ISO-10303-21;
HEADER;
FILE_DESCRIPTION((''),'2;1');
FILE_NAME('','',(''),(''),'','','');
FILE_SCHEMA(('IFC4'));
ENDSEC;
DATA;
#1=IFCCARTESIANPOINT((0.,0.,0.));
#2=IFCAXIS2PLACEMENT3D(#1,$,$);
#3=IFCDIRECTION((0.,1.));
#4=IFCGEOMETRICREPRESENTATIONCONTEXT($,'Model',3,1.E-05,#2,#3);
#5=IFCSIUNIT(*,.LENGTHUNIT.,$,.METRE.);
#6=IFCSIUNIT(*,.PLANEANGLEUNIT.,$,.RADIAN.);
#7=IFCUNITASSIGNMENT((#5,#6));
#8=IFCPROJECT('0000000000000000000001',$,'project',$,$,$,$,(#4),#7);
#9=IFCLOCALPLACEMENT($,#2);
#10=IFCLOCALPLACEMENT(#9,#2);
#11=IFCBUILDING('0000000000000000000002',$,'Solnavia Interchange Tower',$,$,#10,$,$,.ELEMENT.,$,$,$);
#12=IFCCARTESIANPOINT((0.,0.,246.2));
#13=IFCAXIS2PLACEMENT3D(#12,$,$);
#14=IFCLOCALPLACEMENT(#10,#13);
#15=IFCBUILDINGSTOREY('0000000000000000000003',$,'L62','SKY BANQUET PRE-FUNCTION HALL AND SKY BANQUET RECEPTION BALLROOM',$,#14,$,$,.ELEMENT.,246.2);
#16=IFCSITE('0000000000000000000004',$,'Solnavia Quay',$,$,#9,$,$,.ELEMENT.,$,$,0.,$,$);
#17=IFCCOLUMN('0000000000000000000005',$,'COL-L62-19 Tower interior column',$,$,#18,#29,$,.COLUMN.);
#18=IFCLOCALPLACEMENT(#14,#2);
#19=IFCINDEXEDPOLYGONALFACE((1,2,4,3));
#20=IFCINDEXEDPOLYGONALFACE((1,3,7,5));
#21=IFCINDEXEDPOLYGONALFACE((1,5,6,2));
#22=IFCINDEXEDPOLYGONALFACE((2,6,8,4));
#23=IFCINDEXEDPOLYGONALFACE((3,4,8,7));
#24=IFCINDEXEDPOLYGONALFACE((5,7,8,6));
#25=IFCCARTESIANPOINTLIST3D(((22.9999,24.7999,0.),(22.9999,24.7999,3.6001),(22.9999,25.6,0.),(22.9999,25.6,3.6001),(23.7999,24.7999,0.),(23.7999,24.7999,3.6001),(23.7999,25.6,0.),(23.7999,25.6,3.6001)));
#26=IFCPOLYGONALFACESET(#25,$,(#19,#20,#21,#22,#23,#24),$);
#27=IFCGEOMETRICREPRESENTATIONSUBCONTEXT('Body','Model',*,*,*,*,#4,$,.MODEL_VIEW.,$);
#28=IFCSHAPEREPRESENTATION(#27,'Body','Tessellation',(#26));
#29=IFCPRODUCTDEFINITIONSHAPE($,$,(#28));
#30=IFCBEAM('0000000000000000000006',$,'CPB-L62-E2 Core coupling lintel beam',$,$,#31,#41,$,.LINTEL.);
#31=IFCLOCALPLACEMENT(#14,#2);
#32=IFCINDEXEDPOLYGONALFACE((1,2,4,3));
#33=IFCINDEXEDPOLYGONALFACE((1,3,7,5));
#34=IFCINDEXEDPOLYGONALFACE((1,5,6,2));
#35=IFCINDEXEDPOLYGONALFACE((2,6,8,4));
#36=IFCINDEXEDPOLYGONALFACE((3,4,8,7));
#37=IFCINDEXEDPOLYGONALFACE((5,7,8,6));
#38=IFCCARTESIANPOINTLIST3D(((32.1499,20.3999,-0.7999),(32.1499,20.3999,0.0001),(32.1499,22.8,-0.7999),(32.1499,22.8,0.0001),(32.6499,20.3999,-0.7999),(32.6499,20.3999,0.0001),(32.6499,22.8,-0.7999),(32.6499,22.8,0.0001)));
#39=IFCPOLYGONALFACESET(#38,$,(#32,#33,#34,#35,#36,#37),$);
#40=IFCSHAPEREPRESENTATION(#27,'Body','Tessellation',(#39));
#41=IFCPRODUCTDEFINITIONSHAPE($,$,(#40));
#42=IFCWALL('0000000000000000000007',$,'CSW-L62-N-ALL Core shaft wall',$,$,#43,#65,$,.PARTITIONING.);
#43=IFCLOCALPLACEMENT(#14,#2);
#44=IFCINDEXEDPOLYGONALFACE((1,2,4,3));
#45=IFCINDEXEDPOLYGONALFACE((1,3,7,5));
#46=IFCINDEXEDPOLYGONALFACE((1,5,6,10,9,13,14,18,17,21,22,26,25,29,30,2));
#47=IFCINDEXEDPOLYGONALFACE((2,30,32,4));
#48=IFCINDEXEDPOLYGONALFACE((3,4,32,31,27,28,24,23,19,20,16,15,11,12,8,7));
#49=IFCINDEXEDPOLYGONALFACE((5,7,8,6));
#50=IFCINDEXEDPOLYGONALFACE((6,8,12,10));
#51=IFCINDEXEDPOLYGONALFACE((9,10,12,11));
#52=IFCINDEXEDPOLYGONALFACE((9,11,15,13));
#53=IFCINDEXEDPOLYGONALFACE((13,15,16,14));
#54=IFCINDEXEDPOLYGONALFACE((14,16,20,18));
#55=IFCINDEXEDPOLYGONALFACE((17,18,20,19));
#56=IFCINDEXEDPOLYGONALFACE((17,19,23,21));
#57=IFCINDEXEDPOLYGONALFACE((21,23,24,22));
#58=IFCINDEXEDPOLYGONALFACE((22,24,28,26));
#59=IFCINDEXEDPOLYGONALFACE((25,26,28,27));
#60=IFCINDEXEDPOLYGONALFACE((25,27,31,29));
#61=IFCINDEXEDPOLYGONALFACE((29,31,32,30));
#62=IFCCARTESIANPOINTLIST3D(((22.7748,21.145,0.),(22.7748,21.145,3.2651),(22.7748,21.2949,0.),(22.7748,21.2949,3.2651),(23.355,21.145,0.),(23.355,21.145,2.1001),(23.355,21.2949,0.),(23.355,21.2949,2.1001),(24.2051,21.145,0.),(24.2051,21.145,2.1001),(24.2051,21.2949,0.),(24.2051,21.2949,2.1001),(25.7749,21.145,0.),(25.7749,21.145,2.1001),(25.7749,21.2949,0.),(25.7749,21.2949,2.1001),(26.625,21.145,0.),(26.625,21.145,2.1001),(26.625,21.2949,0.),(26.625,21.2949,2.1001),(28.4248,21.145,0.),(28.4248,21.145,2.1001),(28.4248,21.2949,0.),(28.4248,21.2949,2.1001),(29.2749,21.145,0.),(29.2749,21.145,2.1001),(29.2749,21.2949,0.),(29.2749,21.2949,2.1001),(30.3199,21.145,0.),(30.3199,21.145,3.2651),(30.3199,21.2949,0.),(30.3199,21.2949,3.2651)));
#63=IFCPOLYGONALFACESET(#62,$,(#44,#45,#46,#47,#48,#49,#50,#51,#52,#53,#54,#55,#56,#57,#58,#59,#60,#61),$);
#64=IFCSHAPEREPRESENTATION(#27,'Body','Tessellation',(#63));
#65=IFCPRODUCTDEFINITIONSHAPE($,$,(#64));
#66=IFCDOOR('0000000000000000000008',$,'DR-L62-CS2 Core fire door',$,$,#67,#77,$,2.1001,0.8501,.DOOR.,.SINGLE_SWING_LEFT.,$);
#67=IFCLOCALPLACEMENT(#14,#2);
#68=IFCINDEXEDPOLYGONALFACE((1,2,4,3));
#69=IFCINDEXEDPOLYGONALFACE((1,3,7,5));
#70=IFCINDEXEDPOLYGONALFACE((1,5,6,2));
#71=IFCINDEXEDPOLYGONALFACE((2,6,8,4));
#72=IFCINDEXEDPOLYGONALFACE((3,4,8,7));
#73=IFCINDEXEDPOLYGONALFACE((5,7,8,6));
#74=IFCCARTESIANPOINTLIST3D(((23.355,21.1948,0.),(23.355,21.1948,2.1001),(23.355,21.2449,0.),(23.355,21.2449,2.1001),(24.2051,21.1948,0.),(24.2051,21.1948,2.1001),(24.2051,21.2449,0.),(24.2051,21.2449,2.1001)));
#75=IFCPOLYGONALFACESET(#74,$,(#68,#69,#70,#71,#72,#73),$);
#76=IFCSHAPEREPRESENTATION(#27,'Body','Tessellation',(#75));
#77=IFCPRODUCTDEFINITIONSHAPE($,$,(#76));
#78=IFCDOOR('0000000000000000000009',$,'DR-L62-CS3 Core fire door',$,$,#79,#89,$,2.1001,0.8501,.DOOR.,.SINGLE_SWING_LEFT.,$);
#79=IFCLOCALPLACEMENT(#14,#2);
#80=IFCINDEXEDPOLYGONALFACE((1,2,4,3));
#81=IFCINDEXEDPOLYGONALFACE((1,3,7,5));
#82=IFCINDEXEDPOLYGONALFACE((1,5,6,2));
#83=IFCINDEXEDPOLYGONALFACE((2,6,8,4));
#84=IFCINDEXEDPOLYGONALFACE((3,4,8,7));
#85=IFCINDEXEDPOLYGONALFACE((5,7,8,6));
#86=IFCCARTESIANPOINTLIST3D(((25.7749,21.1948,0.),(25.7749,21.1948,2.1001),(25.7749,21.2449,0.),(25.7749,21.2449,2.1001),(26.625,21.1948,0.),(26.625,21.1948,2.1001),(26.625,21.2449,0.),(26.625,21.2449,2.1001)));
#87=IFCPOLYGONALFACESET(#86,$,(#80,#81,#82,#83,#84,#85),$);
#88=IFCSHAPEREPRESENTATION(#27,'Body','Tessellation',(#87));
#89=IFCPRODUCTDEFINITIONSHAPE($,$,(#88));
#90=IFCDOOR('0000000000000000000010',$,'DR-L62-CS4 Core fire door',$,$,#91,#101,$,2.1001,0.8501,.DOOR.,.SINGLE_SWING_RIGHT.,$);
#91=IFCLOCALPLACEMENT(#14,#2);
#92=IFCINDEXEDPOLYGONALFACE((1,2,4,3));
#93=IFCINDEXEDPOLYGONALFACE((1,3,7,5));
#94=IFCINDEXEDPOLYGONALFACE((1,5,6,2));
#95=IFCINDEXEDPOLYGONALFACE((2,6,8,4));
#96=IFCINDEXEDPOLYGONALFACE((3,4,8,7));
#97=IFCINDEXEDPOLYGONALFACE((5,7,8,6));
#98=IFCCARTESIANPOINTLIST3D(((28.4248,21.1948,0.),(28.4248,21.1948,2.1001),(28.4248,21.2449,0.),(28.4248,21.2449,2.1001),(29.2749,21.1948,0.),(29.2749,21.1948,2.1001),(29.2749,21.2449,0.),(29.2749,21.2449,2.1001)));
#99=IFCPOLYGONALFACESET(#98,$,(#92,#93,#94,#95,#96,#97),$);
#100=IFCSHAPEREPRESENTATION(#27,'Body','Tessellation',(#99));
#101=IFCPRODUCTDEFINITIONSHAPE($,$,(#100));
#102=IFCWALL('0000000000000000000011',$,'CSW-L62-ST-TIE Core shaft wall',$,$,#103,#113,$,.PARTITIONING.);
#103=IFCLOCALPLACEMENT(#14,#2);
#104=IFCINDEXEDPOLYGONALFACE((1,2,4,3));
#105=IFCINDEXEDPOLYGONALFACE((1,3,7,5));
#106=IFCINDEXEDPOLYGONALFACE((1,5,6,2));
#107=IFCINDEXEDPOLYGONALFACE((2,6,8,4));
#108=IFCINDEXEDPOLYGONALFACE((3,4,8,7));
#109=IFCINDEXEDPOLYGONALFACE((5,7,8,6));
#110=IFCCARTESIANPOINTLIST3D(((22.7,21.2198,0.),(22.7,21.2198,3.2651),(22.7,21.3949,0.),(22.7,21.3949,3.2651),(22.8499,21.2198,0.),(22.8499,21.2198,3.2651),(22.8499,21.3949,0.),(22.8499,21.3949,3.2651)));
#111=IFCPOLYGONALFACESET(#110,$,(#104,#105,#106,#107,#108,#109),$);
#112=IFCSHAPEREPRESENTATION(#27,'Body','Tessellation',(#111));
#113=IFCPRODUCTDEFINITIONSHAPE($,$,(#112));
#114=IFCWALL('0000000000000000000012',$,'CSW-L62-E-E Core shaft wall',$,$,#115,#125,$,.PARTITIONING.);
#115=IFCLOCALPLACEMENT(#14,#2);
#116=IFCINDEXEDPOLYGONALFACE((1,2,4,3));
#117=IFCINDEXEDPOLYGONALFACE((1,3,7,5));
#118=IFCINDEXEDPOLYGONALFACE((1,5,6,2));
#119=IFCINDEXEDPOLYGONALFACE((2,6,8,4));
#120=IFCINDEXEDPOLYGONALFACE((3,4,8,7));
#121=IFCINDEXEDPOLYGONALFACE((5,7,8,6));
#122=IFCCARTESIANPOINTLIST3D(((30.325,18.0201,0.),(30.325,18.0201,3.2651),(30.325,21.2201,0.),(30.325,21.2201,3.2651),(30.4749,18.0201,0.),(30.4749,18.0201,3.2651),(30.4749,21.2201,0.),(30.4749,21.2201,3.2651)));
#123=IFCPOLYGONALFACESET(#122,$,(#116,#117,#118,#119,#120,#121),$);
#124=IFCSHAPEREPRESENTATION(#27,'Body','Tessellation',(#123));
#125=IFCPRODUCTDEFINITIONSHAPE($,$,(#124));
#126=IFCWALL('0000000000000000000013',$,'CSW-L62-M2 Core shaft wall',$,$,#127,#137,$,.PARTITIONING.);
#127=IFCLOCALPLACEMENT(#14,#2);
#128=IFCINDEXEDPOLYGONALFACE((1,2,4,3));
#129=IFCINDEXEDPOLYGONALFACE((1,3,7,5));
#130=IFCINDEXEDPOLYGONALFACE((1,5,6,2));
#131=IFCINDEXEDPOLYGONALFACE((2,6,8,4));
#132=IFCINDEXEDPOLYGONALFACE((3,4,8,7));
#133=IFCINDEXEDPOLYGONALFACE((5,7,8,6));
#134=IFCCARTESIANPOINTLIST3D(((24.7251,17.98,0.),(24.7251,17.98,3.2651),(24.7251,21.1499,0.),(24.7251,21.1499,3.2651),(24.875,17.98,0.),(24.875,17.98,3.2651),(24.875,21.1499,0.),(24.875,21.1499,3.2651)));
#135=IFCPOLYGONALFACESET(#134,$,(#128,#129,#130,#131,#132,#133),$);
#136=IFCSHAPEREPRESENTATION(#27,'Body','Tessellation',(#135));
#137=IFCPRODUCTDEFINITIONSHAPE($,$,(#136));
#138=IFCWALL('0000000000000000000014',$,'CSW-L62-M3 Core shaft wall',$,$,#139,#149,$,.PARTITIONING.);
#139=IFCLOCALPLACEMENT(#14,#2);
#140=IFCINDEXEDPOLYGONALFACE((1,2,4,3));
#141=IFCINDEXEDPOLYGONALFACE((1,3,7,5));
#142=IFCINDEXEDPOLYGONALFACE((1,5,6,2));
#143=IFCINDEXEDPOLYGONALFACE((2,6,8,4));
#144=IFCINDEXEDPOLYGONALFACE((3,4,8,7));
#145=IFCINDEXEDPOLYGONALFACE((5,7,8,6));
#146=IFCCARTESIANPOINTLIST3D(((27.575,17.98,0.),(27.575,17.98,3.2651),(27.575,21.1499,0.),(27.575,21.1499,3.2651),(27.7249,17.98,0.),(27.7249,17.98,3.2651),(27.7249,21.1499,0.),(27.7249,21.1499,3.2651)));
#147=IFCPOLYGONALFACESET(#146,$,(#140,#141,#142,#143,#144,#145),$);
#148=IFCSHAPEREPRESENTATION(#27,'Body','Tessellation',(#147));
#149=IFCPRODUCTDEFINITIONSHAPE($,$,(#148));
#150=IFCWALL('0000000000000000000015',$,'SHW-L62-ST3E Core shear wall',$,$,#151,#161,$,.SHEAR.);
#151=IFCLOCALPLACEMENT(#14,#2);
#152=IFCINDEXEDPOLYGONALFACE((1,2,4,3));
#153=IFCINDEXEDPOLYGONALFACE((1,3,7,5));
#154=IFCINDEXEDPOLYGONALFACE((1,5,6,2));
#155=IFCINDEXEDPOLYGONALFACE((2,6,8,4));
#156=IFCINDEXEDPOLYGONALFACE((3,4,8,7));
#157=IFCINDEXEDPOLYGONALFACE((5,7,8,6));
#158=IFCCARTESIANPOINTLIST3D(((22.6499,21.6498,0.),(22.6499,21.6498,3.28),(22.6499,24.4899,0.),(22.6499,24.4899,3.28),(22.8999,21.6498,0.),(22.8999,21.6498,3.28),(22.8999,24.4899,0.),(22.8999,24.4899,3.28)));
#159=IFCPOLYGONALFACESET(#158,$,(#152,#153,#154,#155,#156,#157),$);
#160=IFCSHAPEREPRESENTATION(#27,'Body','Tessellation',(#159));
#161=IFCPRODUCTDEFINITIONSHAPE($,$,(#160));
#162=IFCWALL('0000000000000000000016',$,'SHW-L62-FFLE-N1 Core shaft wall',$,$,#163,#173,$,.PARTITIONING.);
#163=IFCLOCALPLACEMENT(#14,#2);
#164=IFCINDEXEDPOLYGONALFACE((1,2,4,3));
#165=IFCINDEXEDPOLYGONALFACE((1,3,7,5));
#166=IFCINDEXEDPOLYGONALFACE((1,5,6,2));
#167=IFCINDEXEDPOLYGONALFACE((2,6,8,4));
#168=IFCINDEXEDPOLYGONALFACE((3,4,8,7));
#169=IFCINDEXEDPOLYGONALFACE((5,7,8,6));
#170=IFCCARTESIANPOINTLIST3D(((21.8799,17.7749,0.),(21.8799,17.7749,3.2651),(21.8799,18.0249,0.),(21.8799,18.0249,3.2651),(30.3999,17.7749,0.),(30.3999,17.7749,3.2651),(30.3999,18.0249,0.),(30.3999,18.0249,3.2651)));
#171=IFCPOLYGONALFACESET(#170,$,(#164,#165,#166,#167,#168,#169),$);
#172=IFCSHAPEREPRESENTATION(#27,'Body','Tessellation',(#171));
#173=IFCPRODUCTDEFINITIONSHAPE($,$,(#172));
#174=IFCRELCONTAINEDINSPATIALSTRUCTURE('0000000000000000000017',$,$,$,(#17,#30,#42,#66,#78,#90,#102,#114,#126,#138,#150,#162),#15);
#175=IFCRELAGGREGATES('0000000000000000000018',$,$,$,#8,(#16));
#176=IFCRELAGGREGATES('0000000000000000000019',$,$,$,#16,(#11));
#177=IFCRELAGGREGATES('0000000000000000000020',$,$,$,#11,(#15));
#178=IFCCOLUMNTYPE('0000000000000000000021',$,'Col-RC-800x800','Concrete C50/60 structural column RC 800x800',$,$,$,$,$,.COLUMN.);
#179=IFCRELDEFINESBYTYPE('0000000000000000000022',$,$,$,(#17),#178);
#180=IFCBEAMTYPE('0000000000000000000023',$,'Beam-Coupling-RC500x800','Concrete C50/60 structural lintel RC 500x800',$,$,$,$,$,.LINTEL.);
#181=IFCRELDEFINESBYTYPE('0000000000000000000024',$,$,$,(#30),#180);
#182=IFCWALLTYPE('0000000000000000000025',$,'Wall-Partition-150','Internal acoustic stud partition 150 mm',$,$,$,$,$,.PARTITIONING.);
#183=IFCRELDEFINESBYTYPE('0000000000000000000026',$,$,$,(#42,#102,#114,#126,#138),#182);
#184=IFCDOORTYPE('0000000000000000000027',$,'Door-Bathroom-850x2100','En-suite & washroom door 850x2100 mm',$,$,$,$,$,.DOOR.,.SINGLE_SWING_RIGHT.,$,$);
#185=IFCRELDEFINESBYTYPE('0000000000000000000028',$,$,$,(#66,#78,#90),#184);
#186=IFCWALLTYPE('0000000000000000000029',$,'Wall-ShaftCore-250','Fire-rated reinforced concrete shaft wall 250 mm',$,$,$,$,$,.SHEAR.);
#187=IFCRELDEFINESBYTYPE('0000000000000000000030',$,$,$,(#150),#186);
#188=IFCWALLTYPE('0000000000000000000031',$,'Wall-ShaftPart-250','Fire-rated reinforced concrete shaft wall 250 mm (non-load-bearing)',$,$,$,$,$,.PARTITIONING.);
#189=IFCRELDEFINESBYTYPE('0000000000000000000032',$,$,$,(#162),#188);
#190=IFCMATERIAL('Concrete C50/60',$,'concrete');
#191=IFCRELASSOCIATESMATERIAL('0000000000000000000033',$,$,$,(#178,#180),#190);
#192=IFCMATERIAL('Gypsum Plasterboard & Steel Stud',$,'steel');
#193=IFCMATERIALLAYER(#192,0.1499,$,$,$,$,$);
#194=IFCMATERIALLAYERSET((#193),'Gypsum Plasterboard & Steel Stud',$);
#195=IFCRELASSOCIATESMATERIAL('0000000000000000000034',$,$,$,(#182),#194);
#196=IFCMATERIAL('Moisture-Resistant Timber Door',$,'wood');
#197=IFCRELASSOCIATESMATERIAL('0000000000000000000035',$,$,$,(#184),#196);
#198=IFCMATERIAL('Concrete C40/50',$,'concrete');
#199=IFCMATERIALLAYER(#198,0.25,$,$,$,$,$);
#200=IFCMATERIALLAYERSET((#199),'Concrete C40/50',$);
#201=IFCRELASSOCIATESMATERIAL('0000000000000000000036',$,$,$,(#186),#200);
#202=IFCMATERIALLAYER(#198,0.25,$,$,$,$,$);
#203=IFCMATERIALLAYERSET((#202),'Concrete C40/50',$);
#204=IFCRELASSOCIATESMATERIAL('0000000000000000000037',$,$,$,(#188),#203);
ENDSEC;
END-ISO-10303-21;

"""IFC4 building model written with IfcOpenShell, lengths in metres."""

from ifc_helpers import new_model, si_unit, direction, frame, frame_2d, origin, origin_2d, place, context, subcontext, project, spatial, rectangle, extrude, material, layer, layer_set, material_profile, profile_set, type_object, element, fill, save


model = new_model("IFC4")

# Units and contexts
model_context = context("Model", 3, precision=1e-05, world=origin(), true_north=direction((0.0, 1.0)))
body_context = subcontext(model_context, "Body", "Model", "MODEL_VIEW")
ifc_project = project(units=[si_unit("LENGTHUNIT", "METRE"), si_unit("PLANEANGLEUNIT", "RADIAN")], contexts=[model_context])

# Site, building, storey
site_placement = place(None, origin())
site = spatial("IfcSite", under=ifc_project, at=site_placement, Name="Solnavia Quay", CompositionType="ELEMENT", RefElevation=0.0)
building_placement = place(site_placement, origin())
building = spatial("IfcBuilding", under=site, at=building_placement, Name="Solnavia Interchange Tower", CompositionType="ELEMENT")
storey_placement = place(building_placement, frame((0.0, 0.0, 246.2)))
storey = spatial("IfcBuildingStorey", under=building, at=storey_placement, Name="L62", Description="SKY BANQUET PRE-FUNCTION HALL AND SKY BANQUET RECEPTION BALLROOM", CompositionType="ELEMENT", Elevation=246.2)

# Column
ifc_material_1 = material(Name="Concrete C50/60", Category="concrete")
ifc_material_profile_1 = material_profile(ifc_material_1, rectangle(XDim=0.8, YDim=0.8, at=origin_2d()), Name="RC 800x800")
ifc_profile_set_1 = profile_set([ifc_material_profile_1], Name="Concrete C50/60")
column_type = type_object("IfcColumnType", Name="Col-RC-800x800", Description="Concrete C50/60 structural column RC 800x800", PredefinedType="COLUMN", material=ifc_profile_set_1)
column_placement = place(storey_placement, frame((23.3999, 25.2, 0.0), z_axis=(0.0, 0.0, 1.0), x_axis=(1.0, 0.0, 0.0)))
element("IfcColumn", 1, at=column_placement, inside=storey, type_object=column_type, Name="COL-L62-19 Tower interior column", PredefinedType="COLUMN", context=body_context, shape_type="SweptSolid", body=[
    extrude(rectangle(XDim=0.8, YDim=0.8, at=origin_2d()), origin(), (0.0, 0.0, 1.0), 3.6001),
])

# Beam
ifc_material_profile_2 = material_profile(ifc_material_1, rectangle(XDim=0.5, YDim=0.8, at=origin_2d()), Name="RC 500x800")
ifc_profile_set_2 = profile_set([ifc_material_profile_2], Name="Concrete C50/60")
beam_type = type_object("IfcBeamType", Name="Beam-Coupling-RC500x800", Description="Concrete C50/60 structural lintel RC 500x800", PredefinedType="LINTEL", material=ifc_profile_set_2)
beam_placement = place(storey_placement, frame((32.3999, 20.3999, -0.3999), z_axis=(0.0, 1.0, 0.0), x_axis=(-1.0, 0.0, 0.0)))
element("IfcBeam", 2, at=beam_placement, inside=storey, type_object=beam_type, Name="CPB-L62-E2 Core coupling lintel beam", PredefinedType="LINTEL", context=body_context, shape_type="SweptSolid", body=[
    extrude(rectangle(XDim=0.5, YDim=0.8, at=origin_2d()), origin(), (0.0, 0.0, 1.0), 2.4001),
])

# Wall, openings, doors
ifc_material_2 = material(Name="Gypsum Plasterboard & Steel Stud", Category="steel")
ifc_layer_1 = layer(ifc_material_2, 0.1499)
ifc_layer_set_1 = layer_set([ifc_layer_1], Name="Gypsum Plasterboard & Steel Stud")
wall_type_1 = type_object("IfcWallType", Name="Wall-Partition-150", Description="Internal acoustic stud partition 150 mm", PredefinedType="PARTITIONING", material=ifc_layer_set_1)
wall_1_placement = place(storey_placement, frame((22.7749, 21.22, 0.0), z_axis=(0.0, 0.0, 1.0), x_axis=(1.0, 0.0, 0.0)))
wall_1 = element("IfcWall", 3, at=wall_1_placement, inside=storey, type_object=wall_type_1, Name="CSW-L62-N-ALL Core shaft wall", PredefinedType="PARTITIONING", context=body_context, shape_type="SweptSolid", body=[
    extrude(rectangle(XDim=7.5452, YDim=0.1499, at=frame_2d((3.7725, 0.0))), origin(), (0.0, 0.0, 1.0), 3.2651),
])
opening_1_placement = place(wall_1_placement, frame((0.5801, 0.0, 0.0)))
opening_1 = element("IfcOpeningElement", 4, at=opening_1_placement, cuts=wall_1, PredefinedType="OPENING", context=body_context, shape_type="SweptSolid", body=[
    extrude(rectangle(XDim=0.8501, YDim=2.1001, at=frame_2d((0.425, 1.05))), frame((0.0, 0.085, 0.0), z_axis=(0.0, -1.0, 0.0), x_axis=(1.0, 0.0, 0.0)), (0.0, 0.0, 1.0), 0.1699),
])
opening_2_placement = place(wall_1_placement, frame((3.0, 0.0, 0.0)))
opening_2 = element("IfcOpeningElement", 5, at=opening_2_placement, cuts=wall_1, PredefinedType="OPENING", context=body_context, shape_type="SweptSolid", body=[
    extrude(rectangle(XDim=0.8501, YDim=2.1001, at=frame_2d((0.425, 1.05))), frame((0.0, 0.085, 0.0), z_axis=(0.0, -1.0, 0.0), x_axis=(1.0, 0.0, 0.0)), (0.0, 0.0, 1.0), 0.1699),
])
opening_3_placement = place(wall_1_placement, frame((5.6499, 0.0, 0.0)))
opening_3 = element("IfcOpeningElement", 6, at=opening_3_placement, cuts=wall_1, PredefinedType="OPENING", context=body_context, shape_type="SweptSolid", body=[
    extrude(rectangle(XDim=0.8501, YDim=2.1001, at=frame_2d((0.425, 1.05))), frame((0.0, 0.085, 0.0), z_axis=(0.0, -1.0, 0.0), x_axis=(1.0, 0.0, 0.0)), (0.0, 0.0, 1.0), 0.1699),
])
ifc_material_3 = material(Name="Moisture-Resistant Timber Door", Category="wood")
door_type_1 = type_object("IfcDoorType", Name="Door-Bathroom-850x2100", Description="En-suite & washroom door 850x2100 mm", OperationType="SINGLE_SWING_RIGHT", PredefinedType="DOOR", material=ifc_material_3)
door_1_placement = place(opening_1_placement, origin())
door_1 = element("IfcDoor", 7, at=door_1_placement, inside=storey, type_object=door_type_1, Name="DR-L62-CS2 Core fire door", OperationType="SINGLE_SWING_LEFT", OverallHeight=2.1001, OverallWidth=0.8501, PredefinedType="DOOR", context=body_context, shape_type="SweptSolid", body=[
    extrude(rectangle(XDim=0.8501, YDim=2.1001, at=frame_2d((0.425, 1.05))), frame((0.0, 0.0249, 0.0), z_axis=(0.0, -1.0, 0.0), x_axis=(1.0, 0.0, 0.0)), (0.0, 0.0, 1.0), 0.05),
])
fill(opening_1, door_1)
door_2_placement = place(opening_2_placement, origin())
door_2 = element("IfcDoor", 8, at=door_2_placement, inside=storey, type_object=door_type_1, Name="DR-L62-CS3 Core fire door", OperationType="SINGLE_SWING_LEFT", OverallHeight=2.1001, OverallWidth=0.8501, PredefinedType="DOOR", context=body_context, shape_type="SweptSolid", body=[
    extrude(rectangle(XDim=0.8501, YDim=2.1001, at=frame_2d((0.425, 1.05))), frame((0.0, 0.0249, 0.0), z_axis=(0.0, -1.0, 0.0), x_axis=(1.0, 0.0, 0.0)), (0.0, 0.0, 1.0), 0.05),
])
fill(opening_2, door_2)
door_3_placement = place(opening_3_placement, origin())
door_3 = element("IfcDoor", 9, at=door_3_placement, inside=storey, type_object=door_type_1, Name="DR-L62-CS4 Core fire door", OperationType="SINGLE_SWING_RIGHT", OverallHeight=2.1001, OverallWidth=0.8501, PredefinedType="DOOR", context=body_context, shape_type="SweptSolid", body=[
    extrude(rectangle(XDim=0.8501, YDim=2.1001, at=frame_2d((0.425, 1.05))), frame((0.0, 0.0249, 0.0), z_axis=(0.0, -1.0, 0.0), x_axis=(1.0, 0.0, 0.0)), (0.0, 0.0, 1.0), 0.05),
])
fill(opening_3, door_3)

# Walls
wall_2_placement = place(storey_placement, frame((22.7749, 21.22, 0.0), z_axis=(0.0, 0.0, 1.0), x_axis=(0.0, 1.0, 0.0)))
element("IfcWall", 10, at=wall_2_placement, inside=storey, type_object=wall_type_1, Name="CSW-L62-ST-TIE Core shaft wall", PredefinedType="PARTITIONING", context=body_context, shape_type="SweptSolid", body=[
    extrude(rectangle(XDim=0.175, YDim=0.1499, at=frame_2d((0.0874, 0.0))), origin(), (0.0, 0.0, 1.0), 3.2651),
])
wall_3_placement = place(storey_placement, frame((30.3999, 18.02, 0.0), z_axis=(0.0, 0.0, 1.0), x_axis=(0.0, 1.0, 0.0)))
element("IfcWall", 11, at=wall_3_placement, inside=storey, type_object=wall_type_1, Name="CSW-L62-E-E Core shaft wall", PredefinedType="PARTITIONING", context=body_context, shape_type="SweptSolid", body=[
    extrude(rectangle(XDim=3.2, YDim=0.1499, at=frame_2d((1.6001, 0.0))), origin(), (0.0, 0.0, 1.0), 3.2651),
])
for number, where, z_axis, x_axis, name in (
    (12, (24.8, 17.98, 0.0), (0.0, 0.0, 1.0), (0.0, 1.0, 0.0), "CSW-L62-M2 Core shaft wall"),
    (13, (27.6499, 17.98, 0.0), (0.0, 0.0, 1.0), (0.0, 1.0, 0.0), "CSW-L62-M3 Core shaft wall"),
):
    element("IfcWall", number, at=place(storey_placement, frame(where, z_axis=z_axis, x_axis=x_axis)), inside=storey, type_object=wall_type_1, Name=name, PredefinedType="PARTITIONING", context=body_context, shape_type="SweptSolid", body=[
        extrude(rectangle(XDim=3.1699, YDim=0.1499, at=frame_2d((1.585, 0.0))), origin(), (0.0, 0.0, 1.0), 3.2651),
    ])
ifc_material_4 = material(Name="Concrete C40/50", Category="concrete")
ifc_layer_2 = layer(ifc_material_4, 0.25)
ifc_layer_set_2 = layer_set([ifc_layer_2], Name="Concrete C40/50")
wall_type_2 = type_object("IfcWallType", Name="Wall-ShaftCore-250", Description="Fire-rated reinforced concrete shaft wall 250 mm", PredefinedType="SHEAR", material=ifc_layer_set_2)
wall_4_placement = place(storey_placement, frame((22.7749, 21.6499, 0.0), z_axis=(0.0, 0.0, 1.0), x_axis=(0.0, 1.0, 0.0)))
element("IfcWall", 14, at=wall_4_placement, inside=storey, type_object=wall_type_2, Name="SHW-L62-ST3E Core shear wall", PredefinedType="SHEAR", context=body_context, shape_type="SweptSolid", body=[
    extrude(rectangle(XDim=2.8401, YDim=0.25, at=frame_2d((1.4199, 0.0))), origin(), (0.0, 0.0, 1.0), 3.28),
])
ifc_layer_3 = layer(ifc_material_4, 0.25)
ifc_layer_set_3 = layer_set([ifc_layer_3], Name="Concrete C40/50")
wall_type_3 = type_object("IfcWallType", Name="Wall-ShaftPart-250", Description="Fire-rated reinforced concrete shaft wall 250 mm (non-load-bearing)", PredefinedType="PARTITIONING", material=ifc_layer_set_3)
wall_5_placement = place(storey_placement, frame((21.8799, 17.8999, 0.0), z_axis=(0.0, 0.0, 1.0), x_axis=(1.0, 0.0, 0.0)))
element("IfcWall", 15, at=wall_5_placement, inside=storey, type_object=wall_type_3, Name="SHW-L62-FFLE-N1 Core shaft wall", PredefinedType="PARTITIONING", context=body_context, shape_type="SweptSolid", body=[
    extrude(rectangle(XDim=8.52, YDim=0.25, at=frame_2d((4.26, 0.0))), origin(), (0.0, 0.0, 1.0), 3.2651),
])

save(model, "model.ifc")
